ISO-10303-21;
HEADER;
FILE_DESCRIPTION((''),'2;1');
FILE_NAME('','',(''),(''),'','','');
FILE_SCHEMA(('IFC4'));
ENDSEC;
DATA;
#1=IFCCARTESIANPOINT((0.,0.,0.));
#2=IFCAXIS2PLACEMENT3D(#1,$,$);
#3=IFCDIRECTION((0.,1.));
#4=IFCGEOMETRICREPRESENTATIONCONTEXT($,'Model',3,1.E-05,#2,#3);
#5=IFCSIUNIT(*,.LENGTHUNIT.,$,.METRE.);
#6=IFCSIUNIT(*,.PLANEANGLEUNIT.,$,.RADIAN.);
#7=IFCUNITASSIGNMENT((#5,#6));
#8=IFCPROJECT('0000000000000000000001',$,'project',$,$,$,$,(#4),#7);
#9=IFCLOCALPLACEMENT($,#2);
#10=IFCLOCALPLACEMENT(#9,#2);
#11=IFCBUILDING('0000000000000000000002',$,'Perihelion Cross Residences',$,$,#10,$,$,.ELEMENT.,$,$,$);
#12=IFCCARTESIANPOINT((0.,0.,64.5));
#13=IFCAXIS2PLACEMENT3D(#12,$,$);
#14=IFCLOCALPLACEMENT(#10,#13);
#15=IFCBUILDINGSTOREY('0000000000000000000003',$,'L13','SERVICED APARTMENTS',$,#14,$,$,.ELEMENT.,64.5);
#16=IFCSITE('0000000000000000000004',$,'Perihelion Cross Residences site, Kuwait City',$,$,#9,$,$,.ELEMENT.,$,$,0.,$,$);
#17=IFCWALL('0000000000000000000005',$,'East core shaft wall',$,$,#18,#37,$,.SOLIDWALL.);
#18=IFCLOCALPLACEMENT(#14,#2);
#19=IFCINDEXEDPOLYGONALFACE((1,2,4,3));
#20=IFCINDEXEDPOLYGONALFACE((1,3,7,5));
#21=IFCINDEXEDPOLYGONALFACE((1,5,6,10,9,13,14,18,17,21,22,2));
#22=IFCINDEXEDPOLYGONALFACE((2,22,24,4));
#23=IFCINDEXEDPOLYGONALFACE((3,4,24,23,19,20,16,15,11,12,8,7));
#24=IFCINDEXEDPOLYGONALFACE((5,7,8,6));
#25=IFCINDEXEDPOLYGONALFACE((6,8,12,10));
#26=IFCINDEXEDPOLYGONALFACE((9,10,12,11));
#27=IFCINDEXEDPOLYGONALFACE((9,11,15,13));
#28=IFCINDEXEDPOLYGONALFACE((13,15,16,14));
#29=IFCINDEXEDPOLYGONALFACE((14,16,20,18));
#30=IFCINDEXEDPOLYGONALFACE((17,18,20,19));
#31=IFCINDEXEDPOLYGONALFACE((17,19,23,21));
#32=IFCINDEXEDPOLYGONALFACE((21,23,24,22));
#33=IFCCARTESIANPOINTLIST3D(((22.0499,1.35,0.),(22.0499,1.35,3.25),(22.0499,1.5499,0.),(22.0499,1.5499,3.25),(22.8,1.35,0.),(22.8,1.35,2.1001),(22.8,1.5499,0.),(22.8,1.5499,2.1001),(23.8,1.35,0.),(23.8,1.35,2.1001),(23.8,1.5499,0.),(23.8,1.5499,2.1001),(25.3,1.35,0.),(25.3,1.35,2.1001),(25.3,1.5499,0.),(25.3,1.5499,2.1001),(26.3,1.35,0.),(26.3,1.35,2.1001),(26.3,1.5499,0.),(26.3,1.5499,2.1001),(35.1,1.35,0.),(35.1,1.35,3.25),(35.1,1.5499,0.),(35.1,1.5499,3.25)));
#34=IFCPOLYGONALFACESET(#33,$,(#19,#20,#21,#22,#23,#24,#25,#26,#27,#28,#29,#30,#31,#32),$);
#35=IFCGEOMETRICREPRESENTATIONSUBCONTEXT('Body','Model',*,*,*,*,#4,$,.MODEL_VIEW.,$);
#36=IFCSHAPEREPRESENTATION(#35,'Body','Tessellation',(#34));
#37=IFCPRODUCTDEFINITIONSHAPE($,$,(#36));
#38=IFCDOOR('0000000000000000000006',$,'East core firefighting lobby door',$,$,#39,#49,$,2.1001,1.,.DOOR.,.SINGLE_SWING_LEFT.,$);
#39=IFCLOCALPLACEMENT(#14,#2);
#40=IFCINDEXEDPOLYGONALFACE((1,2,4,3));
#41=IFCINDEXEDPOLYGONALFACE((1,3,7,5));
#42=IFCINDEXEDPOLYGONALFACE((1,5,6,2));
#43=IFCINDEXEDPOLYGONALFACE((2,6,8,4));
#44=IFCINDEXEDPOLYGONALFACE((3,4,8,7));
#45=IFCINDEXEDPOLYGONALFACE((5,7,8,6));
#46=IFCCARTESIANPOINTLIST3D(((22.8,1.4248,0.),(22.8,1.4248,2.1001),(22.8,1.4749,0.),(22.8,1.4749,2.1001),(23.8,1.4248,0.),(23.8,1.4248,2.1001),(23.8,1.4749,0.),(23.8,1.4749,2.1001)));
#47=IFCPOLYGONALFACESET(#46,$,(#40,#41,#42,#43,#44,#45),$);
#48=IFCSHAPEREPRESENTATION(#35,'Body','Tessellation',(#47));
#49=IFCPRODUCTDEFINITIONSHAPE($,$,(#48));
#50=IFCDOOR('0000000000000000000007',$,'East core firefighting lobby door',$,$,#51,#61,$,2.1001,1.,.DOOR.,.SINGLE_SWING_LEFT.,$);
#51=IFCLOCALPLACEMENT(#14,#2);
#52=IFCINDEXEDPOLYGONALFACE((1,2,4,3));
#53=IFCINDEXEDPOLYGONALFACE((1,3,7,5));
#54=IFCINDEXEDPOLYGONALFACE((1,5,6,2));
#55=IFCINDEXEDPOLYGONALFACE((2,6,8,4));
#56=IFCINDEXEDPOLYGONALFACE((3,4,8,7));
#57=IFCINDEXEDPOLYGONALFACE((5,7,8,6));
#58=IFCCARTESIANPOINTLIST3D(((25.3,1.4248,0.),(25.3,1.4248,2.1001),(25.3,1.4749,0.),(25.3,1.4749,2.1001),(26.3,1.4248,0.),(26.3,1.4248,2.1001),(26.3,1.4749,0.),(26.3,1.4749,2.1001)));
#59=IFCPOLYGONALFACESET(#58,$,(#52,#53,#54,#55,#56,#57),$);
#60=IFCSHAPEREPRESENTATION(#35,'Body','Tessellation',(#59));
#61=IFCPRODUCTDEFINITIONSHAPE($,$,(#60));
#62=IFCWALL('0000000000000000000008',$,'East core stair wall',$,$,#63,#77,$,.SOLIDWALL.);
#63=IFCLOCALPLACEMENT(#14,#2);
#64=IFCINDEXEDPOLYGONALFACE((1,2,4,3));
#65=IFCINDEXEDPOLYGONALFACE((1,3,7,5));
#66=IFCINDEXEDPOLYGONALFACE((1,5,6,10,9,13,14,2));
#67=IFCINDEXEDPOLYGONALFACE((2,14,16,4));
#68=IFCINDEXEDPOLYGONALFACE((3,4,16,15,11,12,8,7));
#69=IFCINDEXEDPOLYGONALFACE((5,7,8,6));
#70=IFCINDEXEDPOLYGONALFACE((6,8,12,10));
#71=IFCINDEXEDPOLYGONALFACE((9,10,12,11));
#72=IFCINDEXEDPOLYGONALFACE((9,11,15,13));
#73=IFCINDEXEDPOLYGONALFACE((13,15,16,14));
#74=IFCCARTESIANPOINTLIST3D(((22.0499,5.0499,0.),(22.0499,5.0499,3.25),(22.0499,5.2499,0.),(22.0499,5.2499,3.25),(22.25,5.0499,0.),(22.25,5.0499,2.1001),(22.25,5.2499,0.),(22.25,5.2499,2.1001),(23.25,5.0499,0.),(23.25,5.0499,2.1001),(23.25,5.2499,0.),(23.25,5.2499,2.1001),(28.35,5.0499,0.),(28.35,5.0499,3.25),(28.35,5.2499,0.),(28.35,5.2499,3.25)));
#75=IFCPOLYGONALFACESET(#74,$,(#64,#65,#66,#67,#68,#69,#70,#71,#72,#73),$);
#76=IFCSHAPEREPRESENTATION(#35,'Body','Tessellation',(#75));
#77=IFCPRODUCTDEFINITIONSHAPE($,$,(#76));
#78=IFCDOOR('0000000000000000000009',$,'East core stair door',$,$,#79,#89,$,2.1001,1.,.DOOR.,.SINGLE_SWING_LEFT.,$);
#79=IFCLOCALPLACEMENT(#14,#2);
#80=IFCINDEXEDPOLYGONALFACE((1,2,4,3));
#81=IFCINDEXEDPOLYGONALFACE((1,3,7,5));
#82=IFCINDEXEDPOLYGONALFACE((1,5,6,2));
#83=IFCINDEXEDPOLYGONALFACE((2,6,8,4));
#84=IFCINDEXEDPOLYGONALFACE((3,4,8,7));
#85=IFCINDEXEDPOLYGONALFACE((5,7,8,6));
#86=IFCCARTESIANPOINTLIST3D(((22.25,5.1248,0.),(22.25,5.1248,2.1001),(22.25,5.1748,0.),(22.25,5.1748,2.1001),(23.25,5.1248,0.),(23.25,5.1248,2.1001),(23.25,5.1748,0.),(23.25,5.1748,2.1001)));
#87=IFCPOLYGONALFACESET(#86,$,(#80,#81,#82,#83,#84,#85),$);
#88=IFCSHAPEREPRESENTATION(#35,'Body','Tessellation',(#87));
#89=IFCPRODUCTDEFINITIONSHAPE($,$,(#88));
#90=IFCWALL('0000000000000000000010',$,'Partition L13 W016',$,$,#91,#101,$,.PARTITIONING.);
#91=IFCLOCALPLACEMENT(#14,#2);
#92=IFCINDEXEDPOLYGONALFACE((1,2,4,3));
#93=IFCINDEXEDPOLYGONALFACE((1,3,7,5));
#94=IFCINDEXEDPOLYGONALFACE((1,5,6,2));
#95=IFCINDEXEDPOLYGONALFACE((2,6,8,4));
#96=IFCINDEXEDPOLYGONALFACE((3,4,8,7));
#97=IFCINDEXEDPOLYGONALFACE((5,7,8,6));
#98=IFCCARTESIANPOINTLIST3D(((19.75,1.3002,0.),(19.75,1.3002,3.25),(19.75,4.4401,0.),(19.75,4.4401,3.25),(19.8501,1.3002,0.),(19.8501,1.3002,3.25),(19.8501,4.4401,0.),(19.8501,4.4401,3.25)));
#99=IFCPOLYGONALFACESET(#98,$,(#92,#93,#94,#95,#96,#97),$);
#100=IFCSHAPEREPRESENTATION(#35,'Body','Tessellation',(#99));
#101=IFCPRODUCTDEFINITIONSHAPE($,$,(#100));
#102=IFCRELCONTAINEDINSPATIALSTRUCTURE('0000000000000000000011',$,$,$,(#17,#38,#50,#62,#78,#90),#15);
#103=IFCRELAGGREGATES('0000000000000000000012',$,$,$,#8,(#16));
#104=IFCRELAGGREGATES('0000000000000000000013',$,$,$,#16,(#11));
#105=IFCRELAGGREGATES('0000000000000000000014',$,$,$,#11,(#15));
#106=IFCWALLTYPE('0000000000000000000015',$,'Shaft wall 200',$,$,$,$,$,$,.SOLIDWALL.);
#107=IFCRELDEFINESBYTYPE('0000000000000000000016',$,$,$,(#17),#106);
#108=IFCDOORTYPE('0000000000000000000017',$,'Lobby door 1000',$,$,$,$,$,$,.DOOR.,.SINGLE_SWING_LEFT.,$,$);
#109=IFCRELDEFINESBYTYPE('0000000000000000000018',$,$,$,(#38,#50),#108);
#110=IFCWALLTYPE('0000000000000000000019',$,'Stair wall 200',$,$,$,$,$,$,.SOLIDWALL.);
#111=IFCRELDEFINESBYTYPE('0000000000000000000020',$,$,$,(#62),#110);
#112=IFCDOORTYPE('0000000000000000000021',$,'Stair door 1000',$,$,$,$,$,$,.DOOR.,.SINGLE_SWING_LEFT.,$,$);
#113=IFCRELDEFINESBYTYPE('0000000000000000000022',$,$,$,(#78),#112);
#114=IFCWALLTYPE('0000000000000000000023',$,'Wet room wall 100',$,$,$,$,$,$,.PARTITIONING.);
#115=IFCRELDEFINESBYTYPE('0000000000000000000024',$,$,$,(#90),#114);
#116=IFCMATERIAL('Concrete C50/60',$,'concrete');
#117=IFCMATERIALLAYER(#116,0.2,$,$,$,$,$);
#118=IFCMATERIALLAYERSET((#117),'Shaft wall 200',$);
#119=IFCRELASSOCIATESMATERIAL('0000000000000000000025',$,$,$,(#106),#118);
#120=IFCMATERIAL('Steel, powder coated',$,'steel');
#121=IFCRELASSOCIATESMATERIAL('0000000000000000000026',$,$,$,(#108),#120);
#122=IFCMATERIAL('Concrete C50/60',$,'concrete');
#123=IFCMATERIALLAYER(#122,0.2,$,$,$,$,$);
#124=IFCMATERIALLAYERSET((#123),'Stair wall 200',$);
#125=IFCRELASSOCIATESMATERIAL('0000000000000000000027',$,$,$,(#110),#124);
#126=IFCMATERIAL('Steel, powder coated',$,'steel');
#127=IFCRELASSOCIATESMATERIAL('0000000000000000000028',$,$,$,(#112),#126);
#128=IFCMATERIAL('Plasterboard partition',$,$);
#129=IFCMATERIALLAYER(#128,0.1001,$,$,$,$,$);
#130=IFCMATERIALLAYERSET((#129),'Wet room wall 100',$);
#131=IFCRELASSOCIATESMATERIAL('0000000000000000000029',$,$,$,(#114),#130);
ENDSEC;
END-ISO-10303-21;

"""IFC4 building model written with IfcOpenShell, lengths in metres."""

from ifc_helpers import new_model, si_unit, direction, frame, frame_2d, origin, place, context, subcontext, project, spatial, rectangle, extrude, material, layer, layer_set, type_object, element, fill, save


model = new_model("IFC4")

# Units and contexts
model_context = context("Model", 3, precision=1e-05, world=origin(), true_north=direction((0.0, 1.0)))
body_context = subcontext(model_context, "Body", "Model", "MODEL_VIEW")
ifc_project = project(units=[si_unit("LENGTHUNIT", "METRE"), si_unit("PLANEANGLEUNIT", "RADIAN")], contexts=[model_context])

# Site, building, storey
site_placement = place(None, origin())
site = spatial("IfcSite", under=ifc_project, at=site_placement, Name="Perihelion Cross Residences site, Kuwait City", CompositionType="ELEMENT", RefElevation=0.0)
building_placement = place(site_placement, origin())
building = spatial("IfcBuilding", under=site, at=building_placement, Name="Perihelion Cross Residences", CompositionType="ELEMENT")
storey_placement = place(building_placement, frame((0.0, 0.0, 64.5)))
storey = spatial("IfcBuildingStorey", under=building, at=storey_placement, Name="L13", Description="SERVICED APARTMENTS", CompositionType="ELEMENT", Elevation=64.5)

# Wall, openings, doors
ifc_material_1 = material(Name="Concrete C50/60", Category="concrete")
ifc_layer_1 = layer(ifc_material_1, 0.2)
ifc_layer_set_1 = layer_set([ifc_layer_1], Name="Shaft wall 200")
wall_type_1 = type_object("IfcWallType", Name="Shaft wall 200", PredefinedType="SOLIDWALL", material=ifc_layer_set_1)
wall_1_placement = place(storey_placement, frame((22.05, 1.45, 0.0), z_axis=(0.0, 0.0, 1.0), x_axis=(1.0, 0.0, 0.0)))
wall_1 = element("IfcWall", 1, at=wall_1_placement, inside=storey, type_object=wall_type_1, Name="East core shaft wall", PredefinedType="SOLIDWALL", context=body_context, shape_type="SweptSolid", body=[
    extrude(rectangle(XDim=13.05, YDim=0.2, at=frame_2d((6.5249, 0.0))), origin(), (0.0, 0.0, 1.0), 3.25),
])
opening_1_placement = place(wall_1_placement, frame((0.75, 0.0, 0.0)))
opening_1 = element("IfcOpeningElement", 2, at=opening_1_placement, cuts=wall_1, PredefinedType="OPENING", context=body_context, shape_type="SweptSolid", body=[
    extrude(rectangle(XDim=1.0, YDim=2.1001, at=frame_2d((0.5, 1.05))), frame((0.0, 0.1099, 0.0), z_axis=(0.0, -1.0, 0.0), x_axis=(1.0, 0.0, 0.0)), (0.0, 0.0, 1.0), 0.22),
])
opening_2_placement = place(wall_1_placement, frame((3.25, 0.0, 0.0)))
opening_2 = element("IfcOpeningElement", 3, at=opening_2_placement, cuts=wall_1, PredefinedType="OPENING", context=body_context, shape_type="SweptSolid", body=[
    extrude(rectangle(XDim=1.0, YDim=2.1001, at=frame_2d((0.5, 1.05))), frame((0.0, 0.1099, 0.0), z_axis=(0.0, -1.0, 0.0), x_axis=(1.0, 0.0, 0.0)), (0.0, 0.0, 1.0), 0.22),
])
ifc_material_2 = material(Name="Steel, powder coated", Category="steel")
door_type_1 = type_object("IfcDoorType", Name="Lobby door 1000", OperationType="SINGLE_SWING_LEFT", PredefinedType="DOOR", material=ifc_material_2)
door_1_placement = place(opening_1_placement, origin())
door_1 = element("IfcDoor", 4, at=door_1_placement, inside=storey, type_object=door_type_1, Name="East core firefighting lobby door", OperationType="SINGLE_SWING_LEFT", OverallHeight=2.1001, OverallWidth=1.0, PredefinedType="DOOR", context=body_context, shape_type="SweptSolid", body=[
    extrude(rectangle(XDim=1.0, YDim=2.1001, at=frame_2d((0.5, 1.05))), frame((0.0, 0.0249, 0.0), z_axis=(0.0, -1.0, 0.0), x_axis=(1.0, 0.0, 0.0)), (0.0, 0.0, 1.0), 0.05),
])
fill(opening_1, door_1)
door_2_placement = place(opening_2_placement, origin())
door_2 = element("IfcDoor", 5, at=door_2_placement, inside=storey, type_object=door_type_1, Name="East core firefighting lobby door", OperationType="SINGLE_SWING_LEFT", OverallHeight=2.1001, OverallWidth=1.0, PredefinedType="DOOR", context=body_context, shape_type="SweptSolid", body=[
    extrude(rectangle(XDim=1.0, YDim=2.1001, at=frame_2d((0.5, 1.05))), frame((0.0, 0.0249, 0.0), z_axis=(0.0, -1.0, 0.0), x_axis=(1.0, 0.0, 0.0)), (0.0, 0.0, 1.0), 0.05),
])
fill(opening_2, door_2)

# Wall, opening, door
ifc_material_3 = material(Name="Concrete C50/60", Category="concrete")
ifc_layer_2 = layer(ifc_material_3, 0.2)
ifc_layer_set_2 = layer_set([ifc_layer_2], Name="Stair wall 200")
wall_type_2 = type_object("IfcWallType", Name="Stair wall 200", PredefinedType="SOLIDWALL", material=ifc_layer_set_2)
wall_2_placement = place(storey_placement, frame((22.05, 5.1499, 0.0), z_axis=(0.0, 0.0, 1.0), x_axis=(1.0, 0.0, 0.0)))
wall_2 = element("IfcWall", 6, at=wall_2_placement, inside=storey, type_object=wall_type_2, Name="East core stair wall", PredefinedType="SOLIDWALL", context=body_context, shape_type="SweptSolid", body=[
    extrude(rectangle(XDim=6.3, YDim=0.2, at=frame_2d((3.1499, 0.0))), origin(), (0.0, 0.0, 1.0), 3.25),
])
opening_3_placement = place(wall_2_placement, frame((0.2, 0.0, 0.0)))
opening_3 = element("IfcOpeningElement", 7, at=opening_3_placement, cuts=wall_2, PredefinedType="OPENING", context=body_context, shape_type="SweptSolid", body=[
    extrude(rectangle(XDim=1.0, YDim=2.1001, at=frame_2d((0.5, 1.05))), frame((0.0, 0.1099, 0.0), z_axis=(0.0, -1.0, 0.0), x_axis=(1.0, 0.0, 0.0)), (0.0, 0.0, 1.0), 0.22),
])
ifc_material_4 = material(Name="Steel, powder coated", Category="steel")
door_type_2 = type_object("IfcDoorType", Name="Stair door 1000", OperationType="SINGLE_SWING_LEFT", PredefinedType="DOOR", material=ifc_material_4)
door_3_placement = place(opening_3_placement, origin())
door_3 = element("IfcDoor", 8, at=door_3_placement, inside=storey, type_object=door_type_2, Name="East core stair door", OperationType="SINGLE_SWING_LEFT", OverallHeight=2.1001, OverallWidth=1.0, PredefinedType="DOOR", context=body_context, shape_type="SweptSolid", body=[
    extrude(rectangle(XDim=1.0, YDim=2.1001, at=frame_2d((0.5, 1.05))), frame((0.0, 0.0249, 0.0), z_axis=(0.0, -1.0, 0.0), x_axis=(1.0, 0.0, 0.0)), (0.0, 0.0, 1.0), 0.05),
])
fill(opening_3, door_3)

# Wall
ifc_material_5 = material(Name="Plasterboard partition")
ifc_layer_3 = layer(ifc_material_5, 0.1001)
ifc_layer_set_3 = layer_set([ifc_layer_3], Name="Wet room wall 100")
wall_type_3 = type_object("IfcWallType", Name="Wet room wall 100", PredefinedType="PARTITIONING", material=ifc_layer_set_3)
wall_3_placement = place(storey_placement, frame((19.8, 4.4399, 0.0), z_axis=(0.0, 0.0, 1.0), x_axis=(0.0, -1.0, 0.0)))
element("IfcWall", 9, at=wall_3_placement, inside=storey, type_object=wall_type_3, Name="Partition L13 W016", PredefinedType="PARTITIONING", context=body_context, shape_type="SweptSolid", body=[
    extrude(rectangle(XDim=3.1399, YDim=0.1001, at=frame_2d((1.5698, 0.0))), origin(), (0.0, 0.0, 1.0), 3.25),
])

save(model, "model.ifc")
